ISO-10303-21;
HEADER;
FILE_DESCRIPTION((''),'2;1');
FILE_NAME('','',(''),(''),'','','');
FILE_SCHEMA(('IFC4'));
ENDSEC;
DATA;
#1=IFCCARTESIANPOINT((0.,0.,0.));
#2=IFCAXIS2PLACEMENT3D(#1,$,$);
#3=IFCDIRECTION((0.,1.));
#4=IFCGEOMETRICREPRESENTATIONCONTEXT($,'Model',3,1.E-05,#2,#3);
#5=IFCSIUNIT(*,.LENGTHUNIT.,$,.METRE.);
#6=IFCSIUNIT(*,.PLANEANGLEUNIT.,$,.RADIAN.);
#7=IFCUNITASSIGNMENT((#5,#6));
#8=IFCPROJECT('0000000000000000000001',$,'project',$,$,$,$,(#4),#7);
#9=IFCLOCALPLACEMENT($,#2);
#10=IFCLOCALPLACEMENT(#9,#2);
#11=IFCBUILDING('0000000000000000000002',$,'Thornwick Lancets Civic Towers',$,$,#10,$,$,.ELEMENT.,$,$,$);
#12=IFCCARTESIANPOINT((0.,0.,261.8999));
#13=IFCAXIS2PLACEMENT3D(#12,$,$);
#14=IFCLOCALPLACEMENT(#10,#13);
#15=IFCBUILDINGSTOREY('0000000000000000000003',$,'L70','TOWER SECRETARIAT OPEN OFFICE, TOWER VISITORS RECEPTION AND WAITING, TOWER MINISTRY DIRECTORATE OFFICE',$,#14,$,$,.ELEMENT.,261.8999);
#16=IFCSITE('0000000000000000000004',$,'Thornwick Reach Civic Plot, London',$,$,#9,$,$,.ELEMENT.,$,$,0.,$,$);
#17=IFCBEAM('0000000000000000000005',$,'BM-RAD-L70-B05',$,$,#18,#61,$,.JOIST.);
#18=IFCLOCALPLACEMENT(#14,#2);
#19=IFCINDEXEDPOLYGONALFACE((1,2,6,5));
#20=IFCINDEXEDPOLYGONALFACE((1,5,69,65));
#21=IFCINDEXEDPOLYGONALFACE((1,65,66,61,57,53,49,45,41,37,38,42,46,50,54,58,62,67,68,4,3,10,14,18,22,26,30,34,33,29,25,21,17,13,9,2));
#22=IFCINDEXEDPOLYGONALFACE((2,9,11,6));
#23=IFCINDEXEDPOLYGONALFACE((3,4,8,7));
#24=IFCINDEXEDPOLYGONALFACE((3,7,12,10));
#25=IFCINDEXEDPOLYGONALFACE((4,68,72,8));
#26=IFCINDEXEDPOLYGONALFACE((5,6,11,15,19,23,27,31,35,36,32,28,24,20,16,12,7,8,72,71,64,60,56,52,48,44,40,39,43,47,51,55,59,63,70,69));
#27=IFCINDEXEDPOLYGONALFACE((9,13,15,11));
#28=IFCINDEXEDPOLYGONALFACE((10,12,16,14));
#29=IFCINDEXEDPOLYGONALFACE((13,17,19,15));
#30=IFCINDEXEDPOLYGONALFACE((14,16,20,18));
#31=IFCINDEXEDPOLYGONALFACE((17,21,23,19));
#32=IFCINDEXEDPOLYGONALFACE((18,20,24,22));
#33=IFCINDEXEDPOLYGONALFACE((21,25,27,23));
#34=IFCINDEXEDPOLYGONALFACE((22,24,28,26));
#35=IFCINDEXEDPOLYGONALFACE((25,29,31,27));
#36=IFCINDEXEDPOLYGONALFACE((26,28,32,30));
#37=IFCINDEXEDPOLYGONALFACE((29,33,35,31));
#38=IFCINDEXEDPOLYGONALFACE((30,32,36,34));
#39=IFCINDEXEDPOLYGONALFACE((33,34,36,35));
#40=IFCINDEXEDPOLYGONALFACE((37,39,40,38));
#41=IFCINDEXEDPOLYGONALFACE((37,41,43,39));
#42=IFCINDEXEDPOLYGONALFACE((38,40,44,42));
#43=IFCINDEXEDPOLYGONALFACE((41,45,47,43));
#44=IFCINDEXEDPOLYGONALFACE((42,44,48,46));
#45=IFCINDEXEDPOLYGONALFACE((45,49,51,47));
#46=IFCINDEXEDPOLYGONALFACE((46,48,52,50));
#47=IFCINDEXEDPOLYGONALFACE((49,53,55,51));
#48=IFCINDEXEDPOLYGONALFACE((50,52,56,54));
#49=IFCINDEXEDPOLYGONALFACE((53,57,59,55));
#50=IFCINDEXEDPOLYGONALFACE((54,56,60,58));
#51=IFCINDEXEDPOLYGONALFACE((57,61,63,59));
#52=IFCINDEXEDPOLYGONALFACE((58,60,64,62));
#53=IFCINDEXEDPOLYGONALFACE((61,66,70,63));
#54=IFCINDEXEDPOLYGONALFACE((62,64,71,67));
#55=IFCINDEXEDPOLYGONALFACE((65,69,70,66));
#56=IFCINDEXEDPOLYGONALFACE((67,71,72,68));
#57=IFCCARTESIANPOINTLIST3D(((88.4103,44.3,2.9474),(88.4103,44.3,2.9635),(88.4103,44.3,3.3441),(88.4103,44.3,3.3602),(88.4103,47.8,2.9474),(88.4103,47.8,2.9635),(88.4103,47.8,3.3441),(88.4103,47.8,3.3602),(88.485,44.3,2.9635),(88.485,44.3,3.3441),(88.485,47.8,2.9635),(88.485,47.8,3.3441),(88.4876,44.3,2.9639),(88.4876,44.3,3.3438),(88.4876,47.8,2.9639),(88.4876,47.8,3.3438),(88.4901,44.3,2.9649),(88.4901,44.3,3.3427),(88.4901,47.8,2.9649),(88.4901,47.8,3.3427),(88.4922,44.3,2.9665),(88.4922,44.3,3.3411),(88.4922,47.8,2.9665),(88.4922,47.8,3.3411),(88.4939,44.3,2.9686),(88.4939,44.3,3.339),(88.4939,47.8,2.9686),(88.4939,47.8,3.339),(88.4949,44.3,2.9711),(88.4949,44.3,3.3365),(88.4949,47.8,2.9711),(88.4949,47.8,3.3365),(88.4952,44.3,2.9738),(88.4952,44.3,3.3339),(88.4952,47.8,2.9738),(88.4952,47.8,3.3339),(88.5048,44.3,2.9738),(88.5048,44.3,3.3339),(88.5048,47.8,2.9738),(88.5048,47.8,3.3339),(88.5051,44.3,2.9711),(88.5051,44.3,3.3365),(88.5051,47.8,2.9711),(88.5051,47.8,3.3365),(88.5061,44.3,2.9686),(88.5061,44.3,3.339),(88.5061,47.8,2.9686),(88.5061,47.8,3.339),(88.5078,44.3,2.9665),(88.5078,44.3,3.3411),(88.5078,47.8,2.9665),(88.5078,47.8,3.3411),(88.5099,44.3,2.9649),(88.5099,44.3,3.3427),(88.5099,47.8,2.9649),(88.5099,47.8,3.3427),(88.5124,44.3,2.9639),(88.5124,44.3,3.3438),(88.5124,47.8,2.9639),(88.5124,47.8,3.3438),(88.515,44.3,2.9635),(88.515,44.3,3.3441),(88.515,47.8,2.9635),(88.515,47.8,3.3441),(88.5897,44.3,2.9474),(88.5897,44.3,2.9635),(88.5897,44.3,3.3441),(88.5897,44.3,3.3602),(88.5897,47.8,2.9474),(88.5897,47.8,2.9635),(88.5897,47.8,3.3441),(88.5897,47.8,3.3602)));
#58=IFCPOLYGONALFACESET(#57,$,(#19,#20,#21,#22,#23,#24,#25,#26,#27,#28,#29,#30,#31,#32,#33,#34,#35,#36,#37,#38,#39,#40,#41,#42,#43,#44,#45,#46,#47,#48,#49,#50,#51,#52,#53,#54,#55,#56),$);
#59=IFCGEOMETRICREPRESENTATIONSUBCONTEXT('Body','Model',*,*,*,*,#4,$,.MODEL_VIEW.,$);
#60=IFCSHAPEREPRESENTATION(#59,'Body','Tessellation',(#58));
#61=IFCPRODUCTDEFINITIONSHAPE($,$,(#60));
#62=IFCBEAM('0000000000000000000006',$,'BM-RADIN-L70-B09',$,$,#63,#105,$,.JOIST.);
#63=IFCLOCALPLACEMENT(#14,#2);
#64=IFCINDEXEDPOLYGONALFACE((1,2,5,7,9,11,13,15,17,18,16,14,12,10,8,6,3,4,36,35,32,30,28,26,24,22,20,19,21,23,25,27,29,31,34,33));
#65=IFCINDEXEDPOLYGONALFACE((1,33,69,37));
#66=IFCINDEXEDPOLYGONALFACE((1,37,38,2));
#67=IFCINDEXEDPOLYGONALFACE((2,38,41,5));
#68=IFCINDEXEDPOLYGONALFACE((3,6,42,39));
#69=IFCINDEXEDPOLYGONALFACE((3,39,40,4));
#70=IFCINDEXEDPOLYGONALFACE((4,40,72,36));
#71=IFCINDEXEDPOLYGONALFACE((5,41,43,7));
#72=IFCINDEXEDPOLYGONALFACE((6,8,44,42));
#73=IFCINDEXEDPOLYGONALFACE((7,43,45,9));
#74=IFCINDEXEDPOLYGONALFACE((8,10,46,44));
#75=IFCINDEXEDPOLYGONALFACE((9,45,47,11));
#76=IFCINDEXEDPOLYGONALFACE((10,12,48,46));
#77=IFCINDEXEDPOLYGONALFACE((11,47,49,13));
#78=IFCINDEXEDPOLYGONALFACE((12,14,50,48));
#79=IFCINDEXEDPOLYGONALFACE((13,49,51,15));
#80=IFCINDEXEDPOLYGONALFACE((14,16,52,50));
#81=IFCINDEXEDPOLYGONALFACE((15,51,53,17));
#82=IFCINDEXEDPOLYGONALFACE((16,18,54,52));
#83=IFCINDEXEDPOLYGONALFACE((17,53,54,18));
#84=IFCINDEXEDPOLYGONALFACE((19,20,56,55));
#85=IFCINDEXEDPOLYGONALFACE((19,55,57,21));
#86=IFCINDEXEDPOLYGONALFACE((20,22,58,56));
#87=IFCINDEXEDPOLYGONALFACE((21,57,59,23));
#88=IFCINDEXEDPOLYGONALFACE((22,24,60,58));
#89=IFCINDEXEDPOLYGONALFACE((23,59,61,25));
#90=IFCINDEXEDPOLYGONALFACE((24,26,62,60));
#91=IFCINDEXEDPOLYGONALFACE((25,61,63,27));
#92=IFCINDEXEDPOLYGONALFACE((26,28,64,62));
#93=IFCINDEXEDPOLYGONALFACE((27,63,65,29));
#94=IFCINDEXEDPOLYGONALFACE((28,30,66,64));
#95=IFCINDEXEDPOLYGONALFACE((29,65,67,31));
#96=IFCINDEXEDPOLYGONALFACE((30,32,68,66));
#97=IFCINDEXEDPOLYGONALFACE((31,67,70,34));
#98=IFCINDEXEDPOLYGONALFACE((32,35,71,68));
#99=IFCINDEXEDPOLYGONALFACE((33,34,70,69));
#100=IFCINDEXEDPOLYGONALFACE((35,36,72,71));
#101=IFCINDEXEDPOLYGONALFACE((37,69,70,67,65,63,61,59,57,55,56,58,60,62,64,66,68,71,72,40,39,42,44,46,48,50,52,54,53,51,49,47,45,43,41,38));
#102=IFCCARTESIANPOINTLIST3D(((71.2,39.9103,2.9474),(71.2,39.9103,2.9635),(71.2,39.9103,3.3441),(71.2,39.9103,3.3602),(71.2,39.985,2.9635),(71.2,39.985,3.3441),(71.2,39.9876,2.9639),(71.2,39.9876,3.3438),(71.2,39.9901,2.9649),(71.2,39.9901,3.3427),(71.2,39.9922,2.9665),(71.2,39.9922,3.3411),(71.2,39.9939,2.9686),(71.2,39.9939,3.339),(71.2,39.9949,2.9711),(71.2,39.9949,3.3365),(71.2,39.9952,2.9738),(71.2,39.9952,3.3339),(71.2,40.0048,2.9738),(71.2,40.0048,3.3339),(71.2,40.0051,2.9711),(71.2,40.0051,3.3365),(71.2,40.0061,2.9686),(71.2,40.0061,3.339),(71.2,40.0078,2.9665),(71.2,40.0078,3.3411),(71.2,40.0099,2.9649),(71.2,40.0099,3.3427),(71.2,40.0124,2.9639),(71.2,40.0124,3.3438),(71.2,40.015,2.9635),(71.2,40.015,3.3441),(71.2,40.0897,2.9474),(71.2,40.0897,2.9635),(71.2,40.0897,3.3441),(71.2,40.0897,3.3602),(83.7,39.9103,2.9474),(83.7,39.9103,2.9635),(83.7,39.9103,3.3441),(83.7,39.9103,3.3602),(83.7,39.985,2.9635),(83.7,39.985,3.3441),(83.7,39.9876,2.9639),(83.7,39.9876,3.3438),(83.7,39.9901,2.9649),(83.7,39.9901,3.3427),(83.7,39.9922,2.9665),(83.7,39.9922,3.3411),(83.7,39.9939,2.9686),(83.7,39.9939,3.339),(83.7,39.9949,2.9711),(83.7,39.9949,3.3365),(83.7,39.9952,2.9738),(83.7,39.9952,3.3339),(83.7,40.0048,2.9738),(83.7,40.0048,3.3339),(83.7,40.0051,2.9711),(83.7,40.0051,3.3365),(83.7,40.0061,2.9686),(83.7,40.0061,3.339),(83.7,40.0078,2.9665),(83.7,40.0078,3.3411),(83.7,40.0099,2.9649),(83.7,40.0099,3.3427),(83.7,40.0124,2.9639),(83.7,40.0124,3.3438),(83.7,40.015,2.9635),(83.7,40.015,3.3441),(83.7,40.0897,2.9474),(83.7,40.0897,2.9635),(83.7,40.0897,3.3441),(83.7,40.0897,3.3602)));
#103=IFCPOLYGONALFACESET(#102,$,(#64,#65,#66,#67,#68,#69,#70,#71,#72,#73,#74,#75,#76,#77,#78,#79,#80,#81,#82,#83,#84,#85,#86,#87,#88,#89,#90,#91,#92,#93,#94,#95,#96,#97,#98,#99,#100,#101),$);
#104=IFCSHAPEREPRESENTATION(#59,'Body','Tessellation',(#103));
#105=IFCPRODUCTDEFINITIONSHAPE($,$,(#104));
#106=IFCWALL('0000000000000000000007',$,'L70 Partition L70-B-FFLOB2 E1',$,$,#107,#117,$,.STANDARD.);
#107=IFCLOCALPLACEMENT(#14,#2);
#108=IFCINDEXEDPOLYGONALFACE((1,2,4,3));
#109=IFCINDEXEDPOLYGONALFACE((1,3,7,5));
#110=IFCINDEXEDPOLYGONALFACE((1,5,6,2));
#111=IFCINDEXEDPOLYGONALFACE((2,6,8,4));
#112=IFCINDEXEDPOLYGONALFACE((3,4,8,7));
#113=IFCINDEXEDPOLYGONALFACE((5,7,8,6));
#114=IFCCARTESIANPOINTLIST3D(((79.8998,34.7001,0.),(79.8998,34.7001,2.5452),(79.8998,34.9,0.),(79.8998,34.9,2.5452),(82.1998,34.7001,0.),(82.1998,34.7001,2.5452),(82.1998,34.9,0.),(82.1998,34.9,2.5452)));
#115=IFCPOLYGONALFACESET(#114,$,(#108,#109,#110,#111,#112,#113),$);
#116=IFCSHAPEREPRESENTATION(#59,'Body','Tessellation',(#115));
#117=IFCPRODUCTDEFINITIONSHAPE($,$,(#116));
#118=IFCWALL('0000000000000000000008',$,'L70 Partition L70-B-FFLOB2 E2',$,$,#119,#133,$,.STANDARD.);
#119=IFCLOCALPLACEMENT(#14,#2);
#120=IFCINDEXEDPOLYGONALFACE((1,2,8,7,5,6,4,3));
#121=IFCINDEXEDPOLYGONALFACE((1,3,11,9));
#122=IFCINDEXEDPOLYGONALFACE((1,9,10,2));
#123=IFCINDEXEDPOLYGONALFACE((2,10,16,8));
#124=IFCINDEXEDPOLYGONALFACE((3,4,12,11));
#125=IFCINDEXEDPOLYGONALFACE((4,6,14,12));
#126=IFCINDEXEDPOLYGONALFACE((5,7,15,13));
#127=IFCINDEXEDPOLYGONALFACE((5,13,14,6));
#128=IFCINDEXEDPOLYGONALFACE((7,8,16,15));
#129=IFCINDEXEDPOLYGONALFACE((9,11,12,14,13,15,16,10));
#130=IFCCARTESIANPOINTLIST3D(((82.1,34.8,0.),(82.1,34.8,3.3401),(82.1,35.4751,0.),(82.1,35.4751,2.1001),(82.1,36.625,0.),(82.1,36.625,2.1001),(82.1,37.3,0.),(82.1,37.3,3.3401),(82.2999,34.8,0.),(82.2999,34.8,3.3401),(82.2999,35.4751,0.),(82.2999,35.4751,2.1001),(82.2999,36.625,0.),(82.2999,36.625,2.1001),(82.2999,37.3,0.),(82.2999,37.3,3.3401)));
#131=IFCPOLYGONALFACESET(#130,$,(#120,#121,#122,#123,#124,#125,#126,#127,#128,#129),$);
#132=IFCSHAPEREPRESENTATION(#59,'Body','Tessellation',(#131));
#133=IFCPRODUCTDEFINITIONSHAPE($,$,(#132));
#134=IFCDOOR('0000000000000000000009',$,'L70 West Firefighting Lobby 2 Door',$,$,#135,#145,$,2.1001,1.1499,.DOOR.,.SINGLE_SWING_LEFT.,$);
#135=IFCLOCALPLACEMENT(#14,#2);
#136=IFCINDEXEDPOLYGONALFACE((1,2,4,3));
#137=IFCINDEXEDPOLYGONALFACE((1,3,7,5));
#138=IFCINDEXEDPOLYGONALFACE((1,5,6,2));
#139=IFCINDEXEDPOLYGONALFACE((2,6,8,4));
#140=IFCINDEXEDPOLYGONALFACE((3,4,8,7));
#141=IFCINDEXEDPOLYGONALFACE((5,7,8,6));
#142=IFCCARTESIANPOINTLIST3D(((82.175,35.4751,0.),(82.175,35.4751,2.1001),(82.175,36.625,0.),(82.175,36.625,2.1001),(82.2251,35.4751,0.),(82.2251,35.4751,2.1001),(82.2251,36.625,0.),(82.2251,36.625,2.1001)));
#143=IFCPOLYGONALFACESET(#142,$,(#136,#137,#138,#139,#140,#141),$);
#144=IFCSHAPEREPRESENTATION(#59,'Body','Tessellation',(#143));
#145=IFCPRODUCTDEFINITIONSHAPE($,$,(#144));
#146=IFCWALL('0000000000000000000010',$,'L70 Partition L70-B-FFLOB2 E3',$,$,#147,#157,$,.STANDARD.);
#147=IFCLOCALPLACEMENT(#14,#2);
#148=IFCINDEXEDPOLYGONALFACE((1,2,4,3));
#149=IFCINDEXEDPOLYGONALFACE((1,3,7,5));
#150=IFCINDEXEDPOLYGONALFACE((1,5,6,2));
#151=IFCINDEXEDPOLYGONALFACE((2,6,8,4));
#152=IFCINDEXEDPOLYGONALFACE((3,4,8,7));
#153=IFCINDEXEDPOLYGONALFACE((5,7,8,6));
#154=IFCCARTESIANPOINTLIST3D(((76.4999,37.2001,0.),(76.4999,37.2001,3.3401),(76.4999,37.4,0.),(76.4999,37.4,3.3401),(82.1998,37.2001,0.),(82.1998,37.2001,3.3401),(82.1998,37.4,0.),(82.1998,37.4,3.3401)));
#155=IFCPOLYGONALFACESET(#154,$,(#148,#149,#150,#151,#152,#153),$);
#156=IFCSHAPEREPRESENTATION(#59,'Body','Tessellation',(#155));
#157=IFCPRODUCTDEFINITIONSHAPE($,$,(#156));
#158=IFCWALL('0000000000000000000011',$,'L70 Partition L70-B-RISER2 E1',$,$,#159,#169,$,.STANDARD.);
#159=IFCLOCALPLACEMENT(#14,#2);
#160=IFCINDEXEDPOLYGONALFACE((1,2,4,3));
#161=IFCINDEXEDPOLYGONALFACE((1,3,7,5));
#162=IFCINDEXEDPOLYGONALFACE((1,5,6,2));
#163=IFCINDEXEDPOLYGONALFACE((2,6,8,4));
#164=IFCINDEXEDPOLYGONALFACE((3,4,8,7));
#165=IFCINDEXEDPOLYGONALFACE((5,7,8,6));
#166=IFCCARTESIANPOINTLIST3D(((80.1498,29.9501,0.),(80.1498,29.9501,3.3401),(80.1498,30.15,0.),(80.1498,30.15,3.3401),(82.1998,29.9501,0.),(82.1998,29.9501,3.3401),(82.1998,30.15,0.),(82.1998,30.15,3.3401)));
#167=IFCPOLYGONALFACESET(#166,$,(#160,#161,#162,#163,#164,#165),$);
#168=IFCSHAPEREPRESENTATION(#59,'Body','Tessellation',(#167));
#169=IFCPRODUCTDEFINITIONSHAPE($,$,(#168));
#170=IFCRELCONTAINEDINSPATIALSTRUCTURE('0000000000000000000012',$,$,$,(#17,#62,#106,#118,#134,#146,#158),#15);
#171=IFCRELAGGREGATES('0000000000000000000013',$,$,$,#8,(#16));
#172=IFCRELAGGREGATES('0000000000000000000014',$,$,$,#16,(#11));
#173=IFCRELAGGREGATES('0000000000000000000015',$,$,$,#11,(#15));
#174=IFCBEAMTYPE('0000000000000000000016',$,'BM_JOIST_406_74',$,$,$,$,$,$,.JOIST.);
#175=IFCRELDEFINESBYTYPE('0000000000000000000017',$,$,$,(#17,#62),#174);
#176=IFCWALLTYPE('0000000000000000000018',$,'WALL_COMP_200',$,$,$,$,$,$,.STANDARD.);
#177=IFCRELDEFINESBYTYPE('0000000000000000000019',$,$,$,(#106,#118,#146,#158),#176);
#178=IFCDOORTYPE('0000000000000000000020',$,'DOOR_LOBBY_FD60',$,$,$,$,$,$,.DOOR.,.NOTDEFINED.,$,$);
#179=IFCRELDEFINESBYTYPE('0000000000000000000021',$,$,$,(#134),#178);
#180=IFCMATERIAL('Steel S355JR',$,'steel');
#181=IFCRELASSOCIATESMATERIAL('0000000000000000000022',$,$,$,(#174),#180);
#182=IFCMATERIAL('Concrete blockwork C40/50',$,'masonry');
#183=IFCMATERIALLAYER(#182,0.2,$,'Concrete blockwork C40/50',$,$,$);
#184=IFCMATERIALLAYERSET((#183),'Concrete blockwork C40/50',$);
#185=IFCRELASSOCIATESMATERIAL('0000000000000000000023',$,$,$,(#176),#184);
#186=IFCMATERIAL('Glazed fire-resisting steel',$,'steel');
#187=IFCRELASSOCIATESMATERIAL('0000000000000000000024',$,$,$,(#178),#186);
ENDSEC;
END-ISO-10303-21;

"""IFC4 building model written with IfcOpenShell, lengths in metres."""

from ifc_helpers import new_model, si_unit, direction, frame, frame_2d, origin, origin_2d, place, context, subcontext, project, spatial, rectangle, i_section, extrude, material, layer, layer_set, material_profile, profile_set, type_object, element, fill, save


model = new_model("IFC4")

# Units and contexts
model_context = context("Model", 3, precision=1e-05, world=origin(), true_north=direction((0.0, 1.0)))
body_context = subcontext(model_context, "Body", "Model", "MODEL_VIEW")
ifc_project = project(units=[si_unit("LENGTHUNIT", "METRE"), si_unit("PLANEANGLEUNIT", "RADIAN")], contexts=[model_context])

# Site, building, storey
site_placement = place(None, origin())
site = spatial("IfcSite", under=ifc_project, at=site_placement, Name="Thornwick Reach Civic Plot, London", CompositionType="ELEMENT", RefElevation=0.0)
building_placement = place(site_placement, origin())
building = spatial("IfcBuilding", under=site, at=building_placement, Name="Thornwick Lancets Civic Towers", CompositionType="ELEMENT")
storey_placement = place(building_placement, frame((0.0, 0.0, 261.8999)))
storey = spatial("IfcBuildingStorey", under=building, at=storey_placement, Name="L70", Description="TOWER SECRETARIAT OPEN OFFICE, TOWER VISITORS RECEPTION AND WAITING, TOWER MINISTRY DIRECTORATE OFFICE", CompositionType="ELEMENT", Elevation=261.8999)

# Shared definitions
ifc_material_1 = material(Name="Steel S355JR", Category="steel")

# Beams
ifc_material_profile_1 = material_profile(ifc_material_1, i_section(OverallWidth=0.1794, OverallDepth=0.4128, WebThickness=0.0095, FlangeThickness=0.0161, FilletRadius=0.0103, at=origin_2d()), Name="UKB 406x178x74")
ifc_profile_set_1 = profile_set([ifc_material_profile_1], Name="Steel S355JR")
beam_type_1 = type_object("IfcBeamType", Name="BM_JOIST_406_74", PredefinedType="JOIST", material=ifc_profile_set_1)
beam_1_placement = place(storey_placement, frame((88.5, 44.3, 3.1538), z_axis=(0.0, 1.0, 0.0), x_axis=(-1.0, 0.0, 0.0)))
element("IfcBeam", 1, at=beam_1_placement, inside=storey, type_object=beam_type_1, Name="BM-RAD-L70-B05", PredefinedType="JOIST", context=body_context, shape_type="SweptSolid", body=[
    extrude(i_section(OverallWidth=0.1794, OverallDepth=0.4128, WebThickness=0.0095, FlangeThickness=0.0161, FilletRadius=0.0103, at=origin_2d()), origin(), (0.0, 0.0, 1.0), 3.5),
])
beam_2_placement = place(storey_placement, frame((83.7, 40.0, 3.1538), z_axis=(-1.0, 0.0, 0.0), x_axis=(0.0, -1.0, 0.0)))
element("IfcBeam", 2, at=beam_2_placement, inside=storey, type_object=beam_type_1, Name="BM-RADIN-L70-B09", PredefinedType="JOIST", context=body_context, shape_type="SweptSolid", body=[
    extrude(i_section(OverallWidth=0.1794, OverallDepth=0.4128, WebThickness=0.0095, FlangeThickness=0.0161, FilletRadius=0.0103, at=origin_2d()), origin(), (0.0, 0.0, 1.0), 12.5),
])

# Wall
ifc_material_2 = material(Name="Concrete blockwork C40/50", Category="masonry")
ifc_layer_1 = layer(ifc_material_2, 0.2, Name="Concrete blockwork C40/50")
ifc_layer_set_1 = layer_set([ifc_layer_1], Name="Concrete blockwork C40/50")
wall_type_1 = type_object("IfcWallType", Name="WALL_COMP_200", PredefinedType="STANDARD", material=ifc_layer_set_1)
wall_1_placement = place(storey_placement, frame((79.8999, 34.8, 0.0), z_axis=(0.0, 0.0, 1.0), x_axis=(1.0, 0.0, 0.0)))
element("IfcWall", 3, at=wall_1_placement, inside=storey, type_object=wall_type_1, Name="L70 Partition L70-B-FFLOB2 E1", PredefinedType="STANDARD", context=body_context, shape_type="SweptSolid", body=[
    extrude(rectangle(XDim=2.3, YDim=0.2, at=frame_2d((1.1499, 0.0))), origin(), (0.0, 0.0, 1.0), 2.5452),
])

# Wall, opening, door
wall_2_placement = place(storey_placement, frame((82.2, 34.8, 0.0), z_axis=(0.0, 0.0, 1.0), x_axis=(0.0, 1.0, 0.0)))
wall_2 = element("IfcWall", 4, at=wall_2_placement, inside=storey, type_object=wall_type_1, Name="L70 Partition L70-B-FFLOB2 E2", PredefinedType="STANDARD", context=body_context, shape_type="SweptSolid", body=[
    extrude(rectangle(XDim=2.5, YDim=0.2, at=frame_2d((1.25, 0.0))), origin(), (0.0, 0.0, 1.0), 3.3401),
])
opening_1_placement = place(wall_2_placement, frame((0.675, 0.0, 0.0)))
opening_1 = element("IfcOpeningElement", 5, at=opening_1_placement, cuts=wall_2, PredefinedType="OPENING", context=body_context, shape_type="SweptSolid", body=[
    extrude(rectangle(XDim=1.1499, YDim=2.1001, at=frame_2d((0.575, 1.05))), frame((0.0, 0.1099, 0.0), z_axis=(0.0, -1.0, 0.0), x_axis=(1.0, 0.0, 0.0)), (0.0, 0.0, 1.0), 0.22),
])
ifc_material_3 = material(Name="Glazed fire-resisting steel", Category="steel")
door_type_1 = type_object("IfcDoorType", Name="DOOR_LOBBY_FD60", OperationType="NOTDEFINED", PredefinedType="DOOR", material=ifc_material_3)
door_1_placement = place(opening_1_placement, origin())
door_1 = element("IfcDoor", 6, at=door_1_placement, inside=storey, type_object=door_type_1, Name="L70 West Firefighting Lobby 2 Door", OperationType="SINGLE_SWING_LEFT", OverallHeight=2.1001, OverallWidth=1.1499, PredefinedType="DOOR", context=body_context, shape_type="SweptSolid", body=[
    extrude(rectangle(XDim=1.1499, YDim=2.1001, at=frame_2d((0.575, 1.05))), frame((0.0, 0.0249, 0.0), z_axis=(0.0, -1.0, 0.0), x_axis=(1.0, 0.0, 0.0)), (0.0, 0.0, 1.0), 0.05),
])
fill(opening_1, door_1)

# Walls
wall_3_placement = place(storey_placement, frame((82.2, 37.3, 0.0), z_axis=(0.0, 0.0, 1.0), x_axis=(-1.0, 0.0, 0.0)))
element("IfcWall", 7, at=wall_3_placement, inside=storey, type_object=wall_type_1, Name="L70 Partition L70-B-FFLOB2 E3", PredefinedType="STANDARD", context=body_context, shape_type="SweptSolid", body=[
    extrude(rectangle(XDim=5.7, YDim=0.2, at=frame_2d((2.8501, 0.0))), origin(), (0.0, 0.0, 1.0), 3.3401),
])
wall_4_placement = place(storey_placement, frame((80.1499, 30.05, 0.0), z_axis=(0.0, 0.0, 1.0), x_axis=(1.0, 0.0, 0.0)))
element("IfcWall", 8, at=wall_4_placement, inside=storey, type_object=wall_type_1, Name="L70 Partition L70-B-RISER2 E1", PredefinedType="STANDARD", context=body_context, shape_type="SweptSolid", body=[
    extrude(rectangle(XDim=2.05, YDim=0.2, at=frame_2d((1.0249, 0.0))), origin(), (0.0, 0.0, 1.0), 3.3401),
])

save(model, "model.ifc")
